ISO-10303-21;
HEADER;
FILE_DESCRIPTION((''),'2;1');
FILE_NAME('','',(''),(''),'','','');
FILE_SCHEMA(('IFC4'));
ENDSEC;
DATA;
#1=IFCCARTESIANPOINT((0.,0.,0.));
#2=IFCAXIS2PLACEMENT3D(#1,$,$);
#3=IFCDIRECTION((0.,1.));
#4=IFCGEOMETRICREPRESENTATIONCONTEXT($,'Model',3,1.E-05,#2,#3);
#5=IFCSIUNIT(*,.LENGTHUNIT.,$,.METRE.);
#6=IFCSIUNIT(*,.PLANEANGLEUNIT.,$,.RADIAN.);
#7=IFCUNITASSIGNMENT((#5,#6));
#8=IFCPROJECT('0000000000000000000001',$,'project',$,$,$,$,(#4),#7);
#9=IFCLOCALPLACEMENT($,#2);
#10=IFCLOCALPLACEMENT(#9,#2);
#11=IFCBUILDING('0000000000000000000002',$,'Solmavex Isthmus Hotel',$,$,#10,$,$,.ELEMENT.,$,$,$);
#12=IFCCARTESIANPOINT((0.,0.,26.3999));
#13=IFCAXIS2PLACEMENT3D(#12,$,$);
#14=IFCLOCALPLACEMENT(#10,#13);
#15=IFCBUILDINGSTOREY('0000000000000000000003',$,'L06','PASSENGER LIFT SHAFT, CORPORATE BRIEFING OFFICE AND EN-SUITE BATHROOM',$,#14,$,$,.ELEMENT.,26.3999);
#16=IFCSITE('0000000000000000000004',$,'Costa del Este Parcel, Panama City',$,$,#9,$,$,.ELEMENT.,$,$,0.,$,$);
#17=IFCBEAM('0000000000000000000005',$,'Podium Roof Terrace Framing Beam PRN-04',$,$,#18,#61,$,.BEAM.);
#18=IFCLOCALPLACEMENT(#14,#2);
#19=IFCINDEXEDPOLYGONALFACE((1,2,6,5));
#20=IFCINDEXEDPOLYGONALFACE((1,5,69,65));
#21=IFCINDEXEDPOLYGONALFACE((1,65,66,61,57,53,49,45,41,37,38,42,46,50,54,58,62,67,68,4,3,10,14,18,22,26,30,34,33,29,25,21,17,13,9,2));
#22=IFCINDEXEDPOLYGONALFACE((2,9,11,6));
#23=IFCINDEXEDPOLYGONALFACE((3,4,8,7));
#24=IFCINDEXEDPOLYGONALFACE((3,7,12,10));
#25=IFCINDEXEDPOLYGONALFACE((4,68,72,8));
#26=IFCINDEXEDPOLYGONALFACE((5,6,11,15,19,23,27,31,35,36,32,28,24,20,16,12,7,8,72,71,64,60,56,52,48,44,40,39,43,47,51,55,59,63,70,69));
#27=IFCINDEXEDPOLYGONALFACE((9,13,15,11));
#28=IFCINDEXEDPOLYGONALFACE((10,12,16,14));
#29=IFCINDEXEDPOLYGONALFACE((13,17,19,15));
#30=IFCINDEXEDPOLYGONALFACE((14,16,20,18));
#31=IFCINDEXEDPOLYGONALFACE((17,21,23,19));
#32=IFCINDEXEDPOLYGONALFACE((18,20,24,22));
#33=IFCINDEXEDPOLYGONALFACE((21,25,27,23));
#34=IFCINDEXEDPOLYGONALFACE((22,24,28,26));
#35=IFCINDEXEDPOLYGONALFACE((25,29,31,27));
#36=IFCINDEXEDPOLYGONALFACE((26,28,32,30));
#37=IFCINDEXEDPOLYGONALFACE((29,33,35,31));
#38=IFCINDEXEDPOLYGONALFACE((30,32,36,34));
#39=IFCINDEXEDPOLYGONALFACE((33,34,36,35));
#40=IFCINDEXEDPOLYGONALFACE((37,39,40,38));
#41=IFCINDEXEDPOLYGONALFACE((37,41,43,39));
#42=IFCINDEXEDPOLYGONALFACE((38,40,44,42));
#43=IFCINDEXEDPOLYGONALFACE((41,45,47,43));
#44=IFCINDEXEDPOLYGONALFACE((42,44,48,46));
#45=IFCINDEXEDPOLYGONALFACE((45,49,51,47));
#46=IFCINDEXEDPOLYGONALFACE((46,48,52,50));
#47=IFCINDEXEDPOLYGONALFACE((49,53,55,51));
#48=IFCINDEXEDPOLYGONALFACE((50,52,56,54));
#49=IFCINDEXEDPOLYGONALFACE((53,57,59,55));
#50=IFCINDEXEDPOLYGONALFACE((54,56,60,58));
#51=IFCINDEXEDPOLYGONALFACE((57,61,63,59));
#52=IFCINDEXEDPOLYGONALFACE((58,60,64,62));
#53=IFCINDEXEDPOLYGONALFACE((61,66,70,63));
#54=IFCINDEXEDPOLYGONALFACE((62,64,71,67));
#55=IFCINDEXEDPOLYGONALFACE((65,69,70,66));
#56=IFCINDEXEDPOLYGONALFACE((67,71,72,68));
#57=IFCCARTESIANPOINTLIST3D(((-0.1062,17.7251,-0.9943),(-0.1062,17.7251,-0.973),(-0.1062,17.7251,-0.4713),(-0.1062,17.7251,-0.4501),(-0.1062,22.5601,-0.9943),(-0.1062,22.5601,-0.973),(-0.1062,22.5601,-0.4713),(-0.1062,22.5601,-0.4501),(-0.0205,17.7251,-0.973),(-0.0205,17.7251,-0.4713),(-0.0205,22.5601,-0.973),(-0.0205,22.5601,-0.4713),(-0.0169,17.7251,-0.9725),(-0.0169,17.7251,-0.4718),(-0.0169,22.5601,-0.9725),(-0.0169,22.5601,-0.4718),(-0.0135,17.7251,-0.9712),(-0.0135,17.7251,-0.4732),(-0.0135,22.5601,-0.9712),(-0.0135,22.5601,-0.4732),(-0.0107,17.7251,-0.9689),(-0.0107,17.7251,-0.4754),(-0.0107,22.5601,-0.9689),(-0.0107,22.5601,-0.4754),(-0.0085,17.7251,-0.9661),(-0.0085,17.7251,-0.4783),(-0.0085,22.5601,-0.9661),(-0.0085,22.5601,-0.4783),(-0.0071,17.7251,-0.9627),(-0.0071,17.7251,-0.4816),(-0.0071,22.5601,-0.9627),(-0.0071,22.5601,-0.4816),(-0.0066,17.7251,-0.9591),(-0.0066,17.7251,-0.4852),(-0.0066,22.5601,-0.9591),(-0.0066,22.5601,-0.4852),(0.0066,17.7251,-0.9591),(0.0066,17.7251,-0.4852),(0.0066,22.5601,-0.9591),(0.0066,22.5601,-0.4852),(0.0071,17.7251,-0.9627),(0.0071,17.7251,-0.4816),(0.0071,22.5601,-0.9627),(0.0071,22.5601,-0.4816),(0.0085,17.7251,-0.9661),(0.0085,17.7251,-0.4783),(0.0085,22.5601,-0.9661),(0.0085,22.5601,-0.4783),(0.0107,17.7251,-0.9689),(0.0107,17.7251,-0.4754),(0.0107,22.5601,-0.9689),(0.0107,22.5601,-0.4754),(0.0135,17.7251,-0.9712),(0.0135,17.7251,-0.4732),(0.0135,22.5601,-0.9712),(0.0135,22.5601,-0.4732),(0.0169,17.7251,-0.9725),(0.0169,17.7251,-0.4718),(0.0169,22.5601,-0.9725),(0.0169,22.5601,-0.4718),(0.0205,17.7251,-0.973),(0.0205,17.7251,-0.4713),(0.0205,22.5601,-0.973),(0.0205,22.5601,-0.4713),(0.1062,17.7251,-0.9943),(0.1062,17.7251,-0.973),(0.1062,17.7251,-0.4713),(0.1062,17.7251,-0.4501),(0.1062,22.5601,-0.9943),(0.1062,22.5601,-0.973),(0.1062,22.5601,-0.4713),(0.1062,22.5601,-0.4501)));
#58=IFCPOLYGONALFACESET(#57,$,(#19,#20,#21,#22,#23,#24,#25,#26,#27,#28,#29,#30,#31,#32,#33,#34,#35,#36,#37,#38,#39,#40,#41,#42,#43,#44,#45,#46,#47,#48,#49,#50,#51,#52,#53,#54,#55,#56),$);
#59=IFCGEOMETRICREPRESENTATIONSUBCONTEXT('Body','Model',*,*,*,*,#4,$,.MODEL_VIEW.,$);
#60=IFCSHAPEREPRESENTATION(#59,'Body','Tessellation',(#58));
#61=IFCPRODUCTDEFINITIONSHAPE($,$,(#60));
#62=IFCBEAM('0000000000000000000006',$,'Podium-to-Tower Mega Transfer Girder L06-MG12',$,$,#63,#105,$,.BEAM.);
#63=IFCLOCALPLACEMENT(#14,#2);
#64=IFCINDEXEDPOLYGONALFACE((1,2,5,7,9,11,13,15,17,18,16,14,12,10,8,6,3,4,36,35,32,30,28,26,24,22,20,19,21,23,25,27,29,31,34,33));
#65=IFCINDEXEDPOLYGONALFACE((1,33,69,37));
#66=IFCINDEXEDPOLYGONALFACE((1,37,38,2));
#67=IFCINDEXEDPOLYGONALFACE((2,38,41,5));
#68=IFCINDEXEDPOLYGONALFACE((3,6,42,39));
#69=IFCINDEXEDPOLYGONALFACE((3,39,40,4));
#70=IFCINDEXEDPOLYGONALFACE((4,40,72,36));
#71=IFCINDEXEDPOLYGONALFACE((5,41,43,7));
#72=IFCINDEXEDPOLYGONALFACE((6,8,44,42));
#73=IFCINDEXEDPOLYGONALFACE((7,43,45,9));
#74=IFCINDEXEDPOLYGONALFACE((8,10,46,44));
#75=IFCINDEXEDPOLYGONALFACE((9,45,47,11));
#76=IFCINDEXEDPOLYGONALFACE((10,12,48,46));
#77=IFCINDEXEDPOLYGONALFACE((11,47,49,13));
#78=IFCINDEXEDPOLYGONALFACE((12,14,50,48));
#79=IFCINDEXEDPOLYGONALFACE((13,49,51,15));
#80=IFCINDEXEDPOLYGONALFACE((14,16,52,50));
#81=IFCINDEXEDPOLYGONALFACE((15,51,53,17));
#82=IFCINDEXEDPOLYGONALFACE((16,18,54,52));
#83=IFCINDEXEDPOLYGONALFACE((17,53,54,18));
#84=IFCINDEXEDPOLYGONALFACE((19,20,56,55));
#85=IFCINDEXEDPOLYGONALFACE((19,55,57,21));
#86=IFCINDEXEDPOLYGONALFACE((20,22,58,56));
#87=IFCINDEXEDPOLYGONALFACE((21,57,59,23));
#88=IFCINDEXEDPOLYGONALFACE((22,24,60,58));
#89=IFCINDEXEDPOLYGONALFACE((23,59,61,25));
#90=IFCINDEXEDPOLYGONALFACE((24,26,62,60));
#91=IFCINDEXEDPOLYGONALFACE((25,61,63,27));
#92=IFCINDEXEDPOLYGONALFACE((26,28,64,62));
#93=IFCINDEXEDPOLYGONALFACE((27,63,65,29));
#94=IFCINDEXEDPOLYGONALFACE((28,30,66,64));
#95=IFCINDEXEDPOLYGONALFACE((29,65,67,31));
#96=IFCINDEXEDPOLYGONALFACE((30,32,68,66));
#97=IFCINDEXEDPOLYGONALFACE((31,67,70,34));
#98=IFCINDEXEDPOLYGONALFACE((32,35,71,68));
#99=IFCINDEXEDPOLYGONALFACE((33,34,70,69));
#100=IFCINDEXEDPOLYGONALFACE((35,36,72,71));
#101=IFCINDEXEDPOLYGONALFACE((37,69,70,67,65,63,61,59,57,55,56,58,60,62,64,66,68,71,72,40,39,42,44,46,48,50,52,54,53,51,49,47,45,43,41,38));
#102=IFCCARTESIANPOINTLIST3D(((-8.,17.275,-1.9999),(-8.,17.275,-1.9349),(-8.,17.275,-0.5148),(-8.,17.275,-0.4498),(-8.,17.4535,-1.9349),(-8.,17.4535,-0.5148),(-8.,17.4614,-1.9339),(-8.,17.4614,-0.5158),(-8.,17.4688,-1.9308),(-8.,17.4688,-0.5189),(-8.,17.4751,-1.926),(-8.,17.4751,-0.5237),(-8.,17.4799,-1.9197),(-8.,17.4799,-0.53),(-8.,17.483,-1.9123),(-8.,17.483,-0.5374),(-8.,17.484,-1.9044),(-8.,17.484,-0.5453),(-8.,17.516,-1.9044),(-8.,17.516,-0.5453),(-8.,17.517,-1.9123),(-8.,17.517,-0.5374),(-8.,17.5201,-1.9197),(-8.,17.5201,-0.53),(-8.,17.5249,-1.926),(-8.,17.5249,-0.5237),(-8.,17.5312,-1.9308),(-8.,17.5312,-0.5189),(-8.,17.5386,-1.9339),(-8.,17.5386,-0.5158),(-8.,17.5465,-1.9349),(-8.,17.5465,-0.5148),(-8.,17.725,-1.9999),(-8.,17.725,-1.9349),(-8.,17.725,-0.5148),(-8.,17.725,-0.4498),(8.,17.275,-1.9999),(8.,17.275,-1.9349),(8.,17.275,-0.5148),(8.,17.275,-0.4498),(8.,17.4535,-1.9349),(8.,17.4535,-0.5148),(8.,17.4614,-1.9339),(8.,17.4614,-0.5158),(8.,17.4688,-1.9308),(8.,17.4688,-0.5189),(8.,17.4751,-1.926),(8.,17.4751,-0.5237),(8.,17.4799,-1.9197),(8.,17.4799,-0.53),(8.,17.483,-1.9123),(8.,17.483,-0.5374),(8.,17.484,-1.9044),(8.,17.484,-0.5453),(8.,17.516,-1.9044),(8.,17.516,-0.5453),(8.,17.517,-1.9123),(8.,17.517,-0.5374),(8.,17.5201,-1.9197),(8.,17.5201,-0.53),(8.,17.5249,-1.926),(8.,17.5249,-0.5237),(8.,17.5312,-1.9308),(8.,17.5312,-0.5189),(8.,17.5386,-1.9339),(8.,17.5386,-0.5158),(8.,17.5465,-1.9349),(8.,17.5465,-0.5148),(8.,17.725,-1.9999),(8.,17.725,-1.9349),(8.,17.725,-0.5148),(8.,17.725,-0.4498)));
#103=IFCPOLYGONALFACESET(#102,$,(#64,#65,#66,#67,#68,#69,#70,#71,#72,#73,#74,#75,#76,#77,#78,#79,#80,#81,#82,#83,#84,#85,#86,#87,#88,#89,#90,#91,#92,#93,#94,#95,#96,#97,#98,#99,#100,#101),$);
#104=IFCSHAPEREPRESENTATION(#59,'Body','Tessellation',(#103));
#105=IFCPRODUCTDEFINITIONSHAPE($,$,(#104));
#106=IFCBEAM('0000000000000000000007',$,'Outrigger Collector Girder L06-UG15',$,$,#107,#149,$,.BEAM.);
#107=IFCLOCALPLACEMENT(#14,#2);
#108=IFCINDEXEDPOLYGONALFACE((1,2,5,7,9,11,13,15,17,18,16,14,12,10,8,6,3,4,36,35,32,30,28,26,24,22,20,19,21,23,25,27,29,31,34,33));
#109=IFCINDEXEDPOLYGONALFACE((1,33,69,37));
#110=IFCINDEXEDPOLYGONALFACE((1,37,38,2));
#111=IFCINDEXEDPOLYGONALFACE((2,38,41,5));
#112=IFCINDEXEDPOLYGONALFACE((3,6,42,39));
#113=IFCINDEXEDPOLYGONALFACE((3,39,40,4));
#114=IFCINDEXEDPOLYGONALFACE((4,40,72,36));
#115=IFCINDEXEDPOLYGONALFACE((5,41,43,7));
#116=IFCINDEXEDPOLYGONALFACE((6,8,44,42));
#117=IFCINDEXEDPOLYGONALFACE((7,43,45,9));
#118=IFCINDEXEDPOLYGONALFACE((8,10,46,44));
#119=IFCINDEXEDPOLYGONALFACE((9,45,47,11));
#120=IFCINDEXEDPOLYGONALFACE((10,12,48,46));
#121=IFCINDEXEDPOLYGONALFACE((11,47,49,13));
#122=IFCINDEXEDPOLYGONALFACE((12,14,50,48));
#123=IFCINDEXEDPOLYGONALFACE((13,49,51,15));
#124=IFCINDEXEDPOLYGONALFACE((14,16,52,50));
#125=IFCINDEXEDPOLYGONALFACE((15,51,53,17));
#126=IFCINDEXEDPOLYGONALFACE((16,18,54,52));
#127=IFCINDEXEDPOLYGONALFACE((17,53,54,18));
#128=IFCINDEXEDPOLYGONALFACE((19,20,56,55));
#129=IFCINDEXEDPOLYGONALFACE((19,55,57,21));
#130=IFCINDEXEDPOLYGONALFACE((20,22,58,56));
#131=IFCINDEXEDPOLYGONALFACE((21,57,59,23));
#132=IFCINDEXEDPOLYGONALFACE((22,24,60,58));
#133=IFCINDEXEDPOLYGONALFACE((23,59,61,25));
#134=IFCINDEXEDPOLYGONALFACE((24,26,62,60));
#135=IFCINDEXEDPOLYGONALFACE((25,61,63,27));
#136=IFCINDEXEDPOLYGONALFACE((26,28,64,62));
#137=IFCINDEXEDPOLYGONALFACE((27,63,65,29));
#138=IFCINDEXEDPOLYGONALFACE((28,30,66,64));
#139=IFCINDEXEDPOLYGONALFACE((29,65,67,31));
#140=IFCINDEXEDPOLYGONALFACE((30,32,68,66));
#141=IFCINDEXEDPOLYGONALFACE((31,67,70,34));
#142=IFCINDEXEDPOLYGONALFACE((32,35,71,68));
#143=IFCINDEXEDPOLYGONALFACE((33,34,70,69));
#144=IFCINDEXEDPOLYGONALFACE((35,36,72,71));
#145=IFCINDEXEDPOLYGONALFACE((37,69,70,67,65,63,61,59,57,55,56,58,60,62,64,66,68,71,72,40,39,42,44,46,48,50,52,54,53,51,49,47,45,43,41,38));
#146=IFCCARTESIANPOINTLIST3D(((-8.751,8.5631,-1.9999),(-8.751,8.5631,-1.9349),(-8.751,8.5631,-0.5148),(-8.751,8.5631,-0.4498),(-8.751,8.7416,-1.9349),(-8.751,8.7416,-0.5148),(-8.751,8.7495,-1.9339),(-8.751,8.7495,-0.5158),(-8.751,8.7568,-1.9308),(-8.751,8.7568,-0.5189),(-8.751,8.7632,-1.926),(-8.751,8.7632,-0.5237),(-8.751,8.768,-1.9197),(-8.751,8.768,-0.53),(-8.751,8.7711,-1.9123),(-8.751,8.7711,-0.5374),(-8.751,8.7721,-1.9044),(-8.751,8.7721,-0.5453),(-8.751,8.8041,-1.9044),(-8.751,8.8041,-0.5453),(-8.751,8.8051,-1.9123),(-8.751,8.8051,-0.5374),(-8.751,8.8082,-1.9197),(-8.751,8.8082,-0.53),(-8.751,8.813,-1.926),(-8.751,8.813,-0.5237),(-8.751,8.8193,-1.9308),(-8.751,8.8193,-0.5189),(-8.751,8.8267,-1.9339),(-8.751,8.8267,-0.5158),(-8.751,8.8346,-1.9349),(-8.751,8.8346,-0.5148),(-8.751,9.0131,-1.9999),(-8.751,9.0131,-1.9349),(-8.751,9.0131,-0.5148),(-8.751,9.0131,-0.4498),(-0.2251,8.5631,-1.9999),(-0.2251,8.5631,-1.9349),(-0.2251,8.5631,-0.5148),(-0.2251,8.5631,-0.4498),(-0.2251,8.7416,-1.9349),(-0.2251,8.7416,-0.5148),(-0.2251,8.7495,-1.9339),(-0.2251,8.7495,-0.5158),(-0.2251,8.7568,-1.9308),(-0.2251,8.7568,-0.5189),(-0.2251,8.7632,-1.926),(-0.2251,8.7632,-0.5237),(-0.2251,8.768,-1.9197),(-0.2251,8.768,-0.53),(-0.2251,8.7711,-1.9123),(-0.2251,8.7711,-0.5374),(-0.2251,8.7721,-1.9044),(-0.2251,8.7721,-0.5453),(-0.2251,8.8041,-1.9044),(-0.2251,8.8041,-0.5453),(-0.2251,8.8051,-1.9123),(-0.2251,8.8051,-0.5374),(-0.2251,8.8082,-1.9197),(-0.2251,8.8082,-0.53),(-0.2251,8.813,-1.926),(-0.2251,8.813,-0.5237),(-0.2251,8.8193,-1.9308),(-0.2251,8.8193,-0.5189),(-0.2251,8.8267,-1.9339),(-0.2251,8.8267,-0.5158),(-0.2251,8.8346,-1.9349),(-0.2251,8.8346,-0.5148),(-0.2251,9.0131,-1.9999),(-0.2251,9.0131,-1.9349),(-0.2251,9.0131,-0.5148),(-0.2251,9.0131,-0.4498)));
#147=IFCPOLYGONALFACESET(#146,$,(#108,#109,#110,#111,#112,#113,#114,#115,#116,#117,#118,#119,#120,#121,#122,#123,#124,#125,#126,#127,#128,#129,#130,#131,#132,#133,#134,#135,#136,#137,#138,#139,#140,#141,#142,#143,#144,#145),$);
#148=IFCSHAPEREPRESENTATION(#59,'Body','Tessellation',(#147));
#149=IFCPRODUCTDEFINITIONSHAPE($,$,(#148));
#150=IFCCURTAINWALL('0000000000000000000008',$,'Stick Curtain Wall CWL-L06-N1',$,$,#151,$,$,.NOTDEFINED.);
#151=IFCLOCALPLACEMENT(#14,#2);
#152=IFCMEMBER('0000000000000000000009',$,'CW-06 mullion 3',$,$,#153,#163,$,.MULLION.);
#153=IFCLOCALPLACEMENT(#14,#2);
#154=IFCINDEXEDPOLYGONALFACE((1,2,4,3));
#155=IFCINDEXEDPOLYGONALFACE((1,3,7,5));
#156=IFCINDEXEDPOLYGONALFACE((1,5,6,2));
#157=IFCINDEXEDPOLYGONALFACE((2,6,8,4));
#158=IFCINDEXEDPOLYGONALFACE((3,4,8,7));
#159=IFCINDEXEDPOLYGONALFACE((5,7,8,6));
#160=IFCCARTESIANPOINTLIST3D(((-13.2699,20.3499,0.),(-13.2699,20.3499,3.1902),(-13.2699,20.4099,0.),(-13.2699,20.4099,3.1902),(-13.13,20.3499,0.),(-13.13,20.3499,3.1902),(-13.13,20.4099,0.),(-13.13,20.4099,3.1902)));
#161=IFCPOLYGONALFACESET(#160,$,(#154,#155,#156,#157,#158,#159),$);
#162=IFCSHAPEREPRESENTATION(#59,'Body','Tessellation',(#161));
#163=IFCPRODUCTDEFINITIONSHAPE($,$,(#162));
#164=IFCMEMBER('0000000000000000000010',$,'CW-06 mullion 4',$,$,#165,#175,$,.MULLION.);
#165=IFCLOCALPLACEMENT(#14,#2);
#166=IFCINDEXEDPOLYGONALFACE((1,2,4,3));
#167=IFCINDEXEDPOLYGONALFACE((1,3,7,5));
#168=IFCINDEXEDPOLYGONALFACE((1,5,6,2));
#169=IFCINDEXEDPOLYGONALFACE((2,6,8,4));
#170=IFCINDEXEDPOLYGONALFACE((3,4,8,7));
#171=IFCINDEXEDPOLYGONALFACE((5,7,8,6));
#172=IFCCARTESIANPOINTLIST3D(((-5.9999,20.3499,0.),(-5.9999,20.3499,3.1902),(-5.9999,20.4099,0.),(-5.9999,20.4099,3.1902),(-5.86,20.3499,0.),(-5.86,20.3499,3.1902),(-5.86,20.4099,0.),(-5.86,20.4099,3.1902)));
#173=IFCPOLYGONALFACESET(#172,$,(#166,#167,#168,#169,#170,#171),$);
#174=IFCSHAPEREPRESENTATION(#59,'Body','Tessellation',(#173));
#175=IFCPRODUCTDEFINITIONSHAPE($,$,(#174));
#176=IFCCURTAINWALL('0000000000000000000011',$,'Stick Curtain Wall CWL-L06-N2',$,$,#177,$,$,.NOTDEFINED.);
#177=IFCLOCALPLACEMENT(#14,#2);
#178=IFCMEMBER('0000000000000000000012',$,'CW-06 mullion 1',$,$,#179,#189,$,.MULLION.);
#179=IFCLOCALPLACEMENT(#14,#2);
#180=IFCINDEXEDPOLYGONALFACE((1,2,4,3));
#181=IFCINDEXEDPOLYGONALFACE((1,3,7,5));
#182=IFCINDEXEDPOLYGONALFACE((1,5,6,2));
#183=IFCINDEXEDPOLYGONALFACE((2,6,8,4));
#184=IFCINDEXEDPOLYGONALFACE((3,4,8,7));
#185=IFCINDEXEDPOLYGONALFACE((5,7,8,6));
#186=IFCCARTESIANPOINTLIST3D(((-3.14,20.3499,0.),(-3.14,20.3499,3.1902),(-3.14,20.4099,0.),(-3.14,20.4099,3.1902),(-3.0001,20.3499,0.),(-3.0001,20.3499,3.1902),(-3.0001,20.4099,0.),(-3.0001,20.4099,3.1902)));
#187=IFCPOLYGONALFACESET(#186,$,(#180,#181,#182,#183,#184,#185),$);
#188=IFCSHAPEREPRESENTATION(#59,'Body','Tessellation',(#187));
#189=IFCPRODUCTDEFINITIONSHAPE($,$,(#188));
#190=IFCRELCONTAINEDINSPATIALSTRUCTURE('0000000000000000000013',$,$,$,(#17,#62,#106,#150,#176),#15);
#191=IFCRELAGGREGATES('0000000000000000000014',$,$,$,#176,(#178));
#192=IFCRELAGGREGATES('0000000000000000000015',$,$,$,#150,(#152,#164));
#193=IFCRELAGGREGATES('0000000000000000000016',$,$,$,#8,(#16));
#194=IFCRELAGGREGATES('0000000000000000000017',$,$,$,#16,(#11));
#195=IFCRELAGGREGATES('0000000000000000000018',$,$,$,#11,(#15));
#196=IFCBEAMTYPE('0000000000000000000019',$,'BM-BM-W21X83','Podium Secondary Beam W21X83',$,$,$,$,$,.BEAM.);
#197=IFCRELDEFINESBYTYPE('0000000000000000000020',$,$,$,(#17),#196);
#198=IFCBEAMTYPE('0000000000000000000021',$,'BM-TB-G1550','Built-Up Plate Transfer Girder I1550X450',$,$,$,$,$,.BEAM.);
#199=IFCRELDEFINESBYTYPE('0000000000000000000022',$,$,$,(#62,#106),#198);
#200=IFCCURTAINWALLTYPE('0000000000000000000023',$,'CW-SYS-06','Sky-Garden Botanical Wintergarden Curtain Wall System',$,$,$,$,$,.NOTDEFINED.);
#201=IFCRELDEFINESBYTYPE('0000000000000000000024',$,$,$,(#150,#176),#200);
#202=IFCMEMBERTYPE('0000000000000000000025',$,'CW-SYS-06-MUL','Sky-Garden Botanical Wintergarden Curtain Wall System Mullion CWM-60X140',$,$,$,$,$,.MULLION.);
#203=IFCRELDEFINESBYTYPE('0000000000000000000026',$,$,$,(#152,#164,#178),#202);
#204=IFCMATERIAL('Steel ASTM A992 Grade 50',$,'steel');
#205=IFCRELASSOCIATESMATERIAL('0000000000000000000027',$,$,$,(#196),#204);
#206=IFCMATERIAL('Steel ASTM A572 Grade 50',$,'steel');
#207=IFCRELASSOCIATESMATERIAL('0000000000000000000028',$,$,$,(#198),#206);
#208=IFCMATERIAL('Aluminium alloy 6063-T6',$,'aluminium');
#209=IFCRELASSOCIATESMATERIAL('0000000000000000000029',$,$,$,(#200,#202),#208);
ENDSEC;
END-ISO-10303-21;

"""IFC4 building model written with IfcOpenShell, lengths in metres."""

from ifc_helpers import new_model, si_unit, direction, frame, origin, origin_2d, place, context, subcontext, project, spatial, rectangle, i_section, extrude, material, material_profile, profile_set, type_object, element, aggregate, save


model = new_model("IFC4")

# Units and contexts
model_context = context("Model", 3, precision=1e-05, world=origin(), true_north=direction((0.0, 1.0)))
body_context = subcontext(model_context, "Body", "Model", "MODEL_VIEW")
ifc_project = project(units=[si_unit("LENGTHUNIT", "METRE"), si_unit("PLANEANGLEUNIT", "RADIAN")], contexts=[model_context])

# Site, building, storey
site_placement = place(None, origin())
site = spatial("IfcSite", under=ifc_project, at=site_placement, Name="Costa del Este Parcel, Panama City", CompositionType="ELEMENT", RefElevation=0.0)
building_placement = place(site_placement, origin())
building = spatial("IfcBuilding", under=site, at=building_placement, Name="Solmavex Isthmus Hotel", CompositionType="ELEMENT")
storey_placement = place(building_placement, frame((0.0, 0.0, 26.3999)))
storey = spatial("IfcBuildingStorey", under=building, at=storey_placement, Name="L06", Description="PASSENGER LIFT SHAFT, CORPORATE BRIEFING OFFICE AND EN-SUITE BATHROOM", CompositionType="ELEMENT", Elevation=26.3999)

# Beams
ifc_material_1 = material(Name="Steel ASTM A992 Grade 50", Category="steel")
ifc_material_profile_1 = material_profile(ifc_material_1, i_section(OverallWidth=0.2124, OverallDepth=0.5442, WebThickness=0.0132, FlangeThickness=0.0212, FilletRadius=0.0139, at=origin_2d()), Name="W21X83")
ifc_profile_set_1 = profile_set([ifc_material_profile_1], Name="Steel ASTM A992 Grade 50")
beam_type_1 = type_object("IfcBeamType", Name="BM-BM-W21X83", Description="Podium Secondary Beam W21X83", PredefinedType="BEAM", material=ifc_profile_set_1)
for number, where, z_axis, x_axis, name in (
    (1, (0.0, 17.7251, -0.7222), (0.0, 1.0, 0.0), (-1.0, 0.0, 0.0), "Podium Roof Terrace Framing Beam PRN-04"),
):
    element("IfcBeam", number, at=place(storey_placement, frame(where, z_axis=z_axis, x_axis=x_axis)), inside=storey, type_object=beam_type_1, Name=name, PredefinedType="BEAM", context=body_context, shape_type="SweptSolid", body=[
        extrude(i_section(OverallWidth=0.2124, OverallDepth=0.5442, WebThickness=0.0132, FlangeThickness=0.0212, FilletRadius=0.0139, at=origin_2d()), origin(), (0.0, 0.0, 1.0), 4.835),
    ])
ifc_material_2 = material(Name="Steel ASTM A572 Grade 50", Category="steel")
ifc_material_profile_2 = material_profile(ifc_material_2, i_section(OverallWidth=0.45, OverallDepth=1.55, WebThickness=0.032, FlangeThickness=0.0649, FilletRadius=0.0305, at=origin_2d()), Name="I1550X450")
ifc_profile_set_2 = profile_set([ifc_material_profile_2], Name="Steel ASTM A572 Grade 50")
beam_type_2 = type_object("IfcBeamType", Name="BM-TB-G1550", Description="Built-Up Plate Transfer Girder I1550X450", PredefinedType="BEAM", material=ifc_profile_set_2)
beam_1_placement = place(storey_placement, frame((-8.0, 17.5, -1.2249), z_axis=(1.0, 0.0, 0.0), x_axis=(0.0, 1.0, 0.0)))
element("IfcBeam", 2, at=beam_1_placement, inside=storey, type_object=beam_type_2, Name="Podium-to-Tower Mega Transfer Girder L06-MG12", PredefinedType="BEAM", context=body_context, shape_type="SweptSolid", body=[
    extrude(i_section(OverallWidth=0.45, OverallDepth=1.55, WebThickness=0.032, FlangeThickness=0.0649, FilletRadius=0.0305, at=origin_2d()), origin(), (0.0, 0.0, 1.0), 16.0),
])
beam_2_placement = place(storey_placement, frame((-8.751, 8.7881, -1.2249), z_axis=(1.0, 0.0, 0.0), x_axis=(0.0, 1.0, 0.0)))
element("IfcBeam", 3, at=beam_2_placement, inside=storey, type_object=beam_type_2, Name="Outrigger Collector Girder L06-UG15", PredefinedType="BEAM", context=body_context, shape_type="SweptSolid", body=[
    extrude(i_section(OverallWidth=0.45, OverallDepth=1.55, WebThickness=0.032, FlangeThickness=0.0649, FilletRadius=0.0305, at=origin_2d()), origin(), (0.0, 0.0, 1.0), 8.5259),
])

# Curtain wall, members
ifc_material_3 = material(Name="Aluminium alloy 6063-T6", Category="aluminium")
curtain_wall_type = type_object("IfcCurtainWallType", Name="CW-SYS-06", Description="Sky-Garden Botanical Wintergarden Curtain Wall System", PredefinedType="NOTDEFINED", material=ifc_material_3)
curtain_wall_1_placement = place(storey_placement, origin())
curtain_wall_1 = element("IfcCurtainWall", 4, at=curtain_wall_1_placement, inside=storey, type_object=curtain_wall_type, Name="Stick Curtain Wall CWL-L06-N1", PredefinedType="NOTDEFINED")
ifc_material_profile_3 = material_profile(ifc_material_3, rectangle(XDim=0.0601, YDim=0.1399, at=origin_2d()), Name="CWM-60X140")
ifc_profile_set_3 = profile_set([ifc_material_profile_3], Name="Aluminium alloy 6063-T6")
member_type_1 = type_object("IfcMemberType", Name="CW-SYS-06-MUL", Description="Sky-Garden Botanical Wintergarden Curtain Wall System Mullion CWM-60X140", PredefinedType="MULLION", material=ifc_profile_set_3)
member_1_placement = place(storey_placement, frame((-13.2, 20.3799, 0.0), z_axis=(0.0, 0.0, 1.0), x_axis=(0.0, 1.0, 0.0)))
member_1 = element("IfcMember", 5, at=member_1_placement, type_object=member_type_1, Name="CW-06 mullion 3", PredefinedType="MULLION", context=body_context, shape_type="SweptSolid", body=[
    extrude(rectangle(XDim=0.0601, YDim=0.1399, at=origin_2d()), origin(), (0.0, 0.0, 1.0), 3.1902),
])
member_2_placement = place(storey_placement, frame((-5.9299, 20.3799, 0.0), z_axis=(0.0, 0.0, 1.0), x_axis=(0.0, 1.0, 0.0)))
member_2 = element("IfcMember", 6, at=member_2_placement, type_object=member_type_1, Name="CW-06 mullion 4", PredefinedType="MULLION", context=body_context, shape_type="SweptSolid", body=[
    extrude(rectangle(XDim=0.0601, YDim=0.1399, at=origin_2d()), origin(), (0.0, 0.0, 1.0), 3.1902),
])

# Curtain wall, member
curtain_wall_2_placement = place(storey_placement, origin())
curtain_wall_2 = element("IfcCurtainWall", 7, at=curtain_wall_2_placement, inside=storey, type_object=curtain_wall_type, Name="Stick Curtain Wall CWL-L06-N2", PredefinedType="NOTDEFINED")
member_3_placement = place(storey_placement, frame((-3.0701, 20.3799, 0.0), z_axis=(0.0, 0.0, 1.0), x_axis=(0.0, 1.0, 0.0)))
member_3 = element("IfcMember", 8, at=member_3_placement, type_object=member_type_1, Name="CW-06 mullion 1", PredefinedType="MULLION", context=body_context, shape_type="SweptSolid", body=[
    extrude(rectangle(XDim=0.0601, YDim=0.1399, at=origin_2d()), origin(), (0.0, 0.0, 1.0), 3.1902),
])

aggregate(curtain_wall_2, [member_3])

aggregate(curtain_wall_1, [member_1, member_2])

save(model, "model.ifc")
